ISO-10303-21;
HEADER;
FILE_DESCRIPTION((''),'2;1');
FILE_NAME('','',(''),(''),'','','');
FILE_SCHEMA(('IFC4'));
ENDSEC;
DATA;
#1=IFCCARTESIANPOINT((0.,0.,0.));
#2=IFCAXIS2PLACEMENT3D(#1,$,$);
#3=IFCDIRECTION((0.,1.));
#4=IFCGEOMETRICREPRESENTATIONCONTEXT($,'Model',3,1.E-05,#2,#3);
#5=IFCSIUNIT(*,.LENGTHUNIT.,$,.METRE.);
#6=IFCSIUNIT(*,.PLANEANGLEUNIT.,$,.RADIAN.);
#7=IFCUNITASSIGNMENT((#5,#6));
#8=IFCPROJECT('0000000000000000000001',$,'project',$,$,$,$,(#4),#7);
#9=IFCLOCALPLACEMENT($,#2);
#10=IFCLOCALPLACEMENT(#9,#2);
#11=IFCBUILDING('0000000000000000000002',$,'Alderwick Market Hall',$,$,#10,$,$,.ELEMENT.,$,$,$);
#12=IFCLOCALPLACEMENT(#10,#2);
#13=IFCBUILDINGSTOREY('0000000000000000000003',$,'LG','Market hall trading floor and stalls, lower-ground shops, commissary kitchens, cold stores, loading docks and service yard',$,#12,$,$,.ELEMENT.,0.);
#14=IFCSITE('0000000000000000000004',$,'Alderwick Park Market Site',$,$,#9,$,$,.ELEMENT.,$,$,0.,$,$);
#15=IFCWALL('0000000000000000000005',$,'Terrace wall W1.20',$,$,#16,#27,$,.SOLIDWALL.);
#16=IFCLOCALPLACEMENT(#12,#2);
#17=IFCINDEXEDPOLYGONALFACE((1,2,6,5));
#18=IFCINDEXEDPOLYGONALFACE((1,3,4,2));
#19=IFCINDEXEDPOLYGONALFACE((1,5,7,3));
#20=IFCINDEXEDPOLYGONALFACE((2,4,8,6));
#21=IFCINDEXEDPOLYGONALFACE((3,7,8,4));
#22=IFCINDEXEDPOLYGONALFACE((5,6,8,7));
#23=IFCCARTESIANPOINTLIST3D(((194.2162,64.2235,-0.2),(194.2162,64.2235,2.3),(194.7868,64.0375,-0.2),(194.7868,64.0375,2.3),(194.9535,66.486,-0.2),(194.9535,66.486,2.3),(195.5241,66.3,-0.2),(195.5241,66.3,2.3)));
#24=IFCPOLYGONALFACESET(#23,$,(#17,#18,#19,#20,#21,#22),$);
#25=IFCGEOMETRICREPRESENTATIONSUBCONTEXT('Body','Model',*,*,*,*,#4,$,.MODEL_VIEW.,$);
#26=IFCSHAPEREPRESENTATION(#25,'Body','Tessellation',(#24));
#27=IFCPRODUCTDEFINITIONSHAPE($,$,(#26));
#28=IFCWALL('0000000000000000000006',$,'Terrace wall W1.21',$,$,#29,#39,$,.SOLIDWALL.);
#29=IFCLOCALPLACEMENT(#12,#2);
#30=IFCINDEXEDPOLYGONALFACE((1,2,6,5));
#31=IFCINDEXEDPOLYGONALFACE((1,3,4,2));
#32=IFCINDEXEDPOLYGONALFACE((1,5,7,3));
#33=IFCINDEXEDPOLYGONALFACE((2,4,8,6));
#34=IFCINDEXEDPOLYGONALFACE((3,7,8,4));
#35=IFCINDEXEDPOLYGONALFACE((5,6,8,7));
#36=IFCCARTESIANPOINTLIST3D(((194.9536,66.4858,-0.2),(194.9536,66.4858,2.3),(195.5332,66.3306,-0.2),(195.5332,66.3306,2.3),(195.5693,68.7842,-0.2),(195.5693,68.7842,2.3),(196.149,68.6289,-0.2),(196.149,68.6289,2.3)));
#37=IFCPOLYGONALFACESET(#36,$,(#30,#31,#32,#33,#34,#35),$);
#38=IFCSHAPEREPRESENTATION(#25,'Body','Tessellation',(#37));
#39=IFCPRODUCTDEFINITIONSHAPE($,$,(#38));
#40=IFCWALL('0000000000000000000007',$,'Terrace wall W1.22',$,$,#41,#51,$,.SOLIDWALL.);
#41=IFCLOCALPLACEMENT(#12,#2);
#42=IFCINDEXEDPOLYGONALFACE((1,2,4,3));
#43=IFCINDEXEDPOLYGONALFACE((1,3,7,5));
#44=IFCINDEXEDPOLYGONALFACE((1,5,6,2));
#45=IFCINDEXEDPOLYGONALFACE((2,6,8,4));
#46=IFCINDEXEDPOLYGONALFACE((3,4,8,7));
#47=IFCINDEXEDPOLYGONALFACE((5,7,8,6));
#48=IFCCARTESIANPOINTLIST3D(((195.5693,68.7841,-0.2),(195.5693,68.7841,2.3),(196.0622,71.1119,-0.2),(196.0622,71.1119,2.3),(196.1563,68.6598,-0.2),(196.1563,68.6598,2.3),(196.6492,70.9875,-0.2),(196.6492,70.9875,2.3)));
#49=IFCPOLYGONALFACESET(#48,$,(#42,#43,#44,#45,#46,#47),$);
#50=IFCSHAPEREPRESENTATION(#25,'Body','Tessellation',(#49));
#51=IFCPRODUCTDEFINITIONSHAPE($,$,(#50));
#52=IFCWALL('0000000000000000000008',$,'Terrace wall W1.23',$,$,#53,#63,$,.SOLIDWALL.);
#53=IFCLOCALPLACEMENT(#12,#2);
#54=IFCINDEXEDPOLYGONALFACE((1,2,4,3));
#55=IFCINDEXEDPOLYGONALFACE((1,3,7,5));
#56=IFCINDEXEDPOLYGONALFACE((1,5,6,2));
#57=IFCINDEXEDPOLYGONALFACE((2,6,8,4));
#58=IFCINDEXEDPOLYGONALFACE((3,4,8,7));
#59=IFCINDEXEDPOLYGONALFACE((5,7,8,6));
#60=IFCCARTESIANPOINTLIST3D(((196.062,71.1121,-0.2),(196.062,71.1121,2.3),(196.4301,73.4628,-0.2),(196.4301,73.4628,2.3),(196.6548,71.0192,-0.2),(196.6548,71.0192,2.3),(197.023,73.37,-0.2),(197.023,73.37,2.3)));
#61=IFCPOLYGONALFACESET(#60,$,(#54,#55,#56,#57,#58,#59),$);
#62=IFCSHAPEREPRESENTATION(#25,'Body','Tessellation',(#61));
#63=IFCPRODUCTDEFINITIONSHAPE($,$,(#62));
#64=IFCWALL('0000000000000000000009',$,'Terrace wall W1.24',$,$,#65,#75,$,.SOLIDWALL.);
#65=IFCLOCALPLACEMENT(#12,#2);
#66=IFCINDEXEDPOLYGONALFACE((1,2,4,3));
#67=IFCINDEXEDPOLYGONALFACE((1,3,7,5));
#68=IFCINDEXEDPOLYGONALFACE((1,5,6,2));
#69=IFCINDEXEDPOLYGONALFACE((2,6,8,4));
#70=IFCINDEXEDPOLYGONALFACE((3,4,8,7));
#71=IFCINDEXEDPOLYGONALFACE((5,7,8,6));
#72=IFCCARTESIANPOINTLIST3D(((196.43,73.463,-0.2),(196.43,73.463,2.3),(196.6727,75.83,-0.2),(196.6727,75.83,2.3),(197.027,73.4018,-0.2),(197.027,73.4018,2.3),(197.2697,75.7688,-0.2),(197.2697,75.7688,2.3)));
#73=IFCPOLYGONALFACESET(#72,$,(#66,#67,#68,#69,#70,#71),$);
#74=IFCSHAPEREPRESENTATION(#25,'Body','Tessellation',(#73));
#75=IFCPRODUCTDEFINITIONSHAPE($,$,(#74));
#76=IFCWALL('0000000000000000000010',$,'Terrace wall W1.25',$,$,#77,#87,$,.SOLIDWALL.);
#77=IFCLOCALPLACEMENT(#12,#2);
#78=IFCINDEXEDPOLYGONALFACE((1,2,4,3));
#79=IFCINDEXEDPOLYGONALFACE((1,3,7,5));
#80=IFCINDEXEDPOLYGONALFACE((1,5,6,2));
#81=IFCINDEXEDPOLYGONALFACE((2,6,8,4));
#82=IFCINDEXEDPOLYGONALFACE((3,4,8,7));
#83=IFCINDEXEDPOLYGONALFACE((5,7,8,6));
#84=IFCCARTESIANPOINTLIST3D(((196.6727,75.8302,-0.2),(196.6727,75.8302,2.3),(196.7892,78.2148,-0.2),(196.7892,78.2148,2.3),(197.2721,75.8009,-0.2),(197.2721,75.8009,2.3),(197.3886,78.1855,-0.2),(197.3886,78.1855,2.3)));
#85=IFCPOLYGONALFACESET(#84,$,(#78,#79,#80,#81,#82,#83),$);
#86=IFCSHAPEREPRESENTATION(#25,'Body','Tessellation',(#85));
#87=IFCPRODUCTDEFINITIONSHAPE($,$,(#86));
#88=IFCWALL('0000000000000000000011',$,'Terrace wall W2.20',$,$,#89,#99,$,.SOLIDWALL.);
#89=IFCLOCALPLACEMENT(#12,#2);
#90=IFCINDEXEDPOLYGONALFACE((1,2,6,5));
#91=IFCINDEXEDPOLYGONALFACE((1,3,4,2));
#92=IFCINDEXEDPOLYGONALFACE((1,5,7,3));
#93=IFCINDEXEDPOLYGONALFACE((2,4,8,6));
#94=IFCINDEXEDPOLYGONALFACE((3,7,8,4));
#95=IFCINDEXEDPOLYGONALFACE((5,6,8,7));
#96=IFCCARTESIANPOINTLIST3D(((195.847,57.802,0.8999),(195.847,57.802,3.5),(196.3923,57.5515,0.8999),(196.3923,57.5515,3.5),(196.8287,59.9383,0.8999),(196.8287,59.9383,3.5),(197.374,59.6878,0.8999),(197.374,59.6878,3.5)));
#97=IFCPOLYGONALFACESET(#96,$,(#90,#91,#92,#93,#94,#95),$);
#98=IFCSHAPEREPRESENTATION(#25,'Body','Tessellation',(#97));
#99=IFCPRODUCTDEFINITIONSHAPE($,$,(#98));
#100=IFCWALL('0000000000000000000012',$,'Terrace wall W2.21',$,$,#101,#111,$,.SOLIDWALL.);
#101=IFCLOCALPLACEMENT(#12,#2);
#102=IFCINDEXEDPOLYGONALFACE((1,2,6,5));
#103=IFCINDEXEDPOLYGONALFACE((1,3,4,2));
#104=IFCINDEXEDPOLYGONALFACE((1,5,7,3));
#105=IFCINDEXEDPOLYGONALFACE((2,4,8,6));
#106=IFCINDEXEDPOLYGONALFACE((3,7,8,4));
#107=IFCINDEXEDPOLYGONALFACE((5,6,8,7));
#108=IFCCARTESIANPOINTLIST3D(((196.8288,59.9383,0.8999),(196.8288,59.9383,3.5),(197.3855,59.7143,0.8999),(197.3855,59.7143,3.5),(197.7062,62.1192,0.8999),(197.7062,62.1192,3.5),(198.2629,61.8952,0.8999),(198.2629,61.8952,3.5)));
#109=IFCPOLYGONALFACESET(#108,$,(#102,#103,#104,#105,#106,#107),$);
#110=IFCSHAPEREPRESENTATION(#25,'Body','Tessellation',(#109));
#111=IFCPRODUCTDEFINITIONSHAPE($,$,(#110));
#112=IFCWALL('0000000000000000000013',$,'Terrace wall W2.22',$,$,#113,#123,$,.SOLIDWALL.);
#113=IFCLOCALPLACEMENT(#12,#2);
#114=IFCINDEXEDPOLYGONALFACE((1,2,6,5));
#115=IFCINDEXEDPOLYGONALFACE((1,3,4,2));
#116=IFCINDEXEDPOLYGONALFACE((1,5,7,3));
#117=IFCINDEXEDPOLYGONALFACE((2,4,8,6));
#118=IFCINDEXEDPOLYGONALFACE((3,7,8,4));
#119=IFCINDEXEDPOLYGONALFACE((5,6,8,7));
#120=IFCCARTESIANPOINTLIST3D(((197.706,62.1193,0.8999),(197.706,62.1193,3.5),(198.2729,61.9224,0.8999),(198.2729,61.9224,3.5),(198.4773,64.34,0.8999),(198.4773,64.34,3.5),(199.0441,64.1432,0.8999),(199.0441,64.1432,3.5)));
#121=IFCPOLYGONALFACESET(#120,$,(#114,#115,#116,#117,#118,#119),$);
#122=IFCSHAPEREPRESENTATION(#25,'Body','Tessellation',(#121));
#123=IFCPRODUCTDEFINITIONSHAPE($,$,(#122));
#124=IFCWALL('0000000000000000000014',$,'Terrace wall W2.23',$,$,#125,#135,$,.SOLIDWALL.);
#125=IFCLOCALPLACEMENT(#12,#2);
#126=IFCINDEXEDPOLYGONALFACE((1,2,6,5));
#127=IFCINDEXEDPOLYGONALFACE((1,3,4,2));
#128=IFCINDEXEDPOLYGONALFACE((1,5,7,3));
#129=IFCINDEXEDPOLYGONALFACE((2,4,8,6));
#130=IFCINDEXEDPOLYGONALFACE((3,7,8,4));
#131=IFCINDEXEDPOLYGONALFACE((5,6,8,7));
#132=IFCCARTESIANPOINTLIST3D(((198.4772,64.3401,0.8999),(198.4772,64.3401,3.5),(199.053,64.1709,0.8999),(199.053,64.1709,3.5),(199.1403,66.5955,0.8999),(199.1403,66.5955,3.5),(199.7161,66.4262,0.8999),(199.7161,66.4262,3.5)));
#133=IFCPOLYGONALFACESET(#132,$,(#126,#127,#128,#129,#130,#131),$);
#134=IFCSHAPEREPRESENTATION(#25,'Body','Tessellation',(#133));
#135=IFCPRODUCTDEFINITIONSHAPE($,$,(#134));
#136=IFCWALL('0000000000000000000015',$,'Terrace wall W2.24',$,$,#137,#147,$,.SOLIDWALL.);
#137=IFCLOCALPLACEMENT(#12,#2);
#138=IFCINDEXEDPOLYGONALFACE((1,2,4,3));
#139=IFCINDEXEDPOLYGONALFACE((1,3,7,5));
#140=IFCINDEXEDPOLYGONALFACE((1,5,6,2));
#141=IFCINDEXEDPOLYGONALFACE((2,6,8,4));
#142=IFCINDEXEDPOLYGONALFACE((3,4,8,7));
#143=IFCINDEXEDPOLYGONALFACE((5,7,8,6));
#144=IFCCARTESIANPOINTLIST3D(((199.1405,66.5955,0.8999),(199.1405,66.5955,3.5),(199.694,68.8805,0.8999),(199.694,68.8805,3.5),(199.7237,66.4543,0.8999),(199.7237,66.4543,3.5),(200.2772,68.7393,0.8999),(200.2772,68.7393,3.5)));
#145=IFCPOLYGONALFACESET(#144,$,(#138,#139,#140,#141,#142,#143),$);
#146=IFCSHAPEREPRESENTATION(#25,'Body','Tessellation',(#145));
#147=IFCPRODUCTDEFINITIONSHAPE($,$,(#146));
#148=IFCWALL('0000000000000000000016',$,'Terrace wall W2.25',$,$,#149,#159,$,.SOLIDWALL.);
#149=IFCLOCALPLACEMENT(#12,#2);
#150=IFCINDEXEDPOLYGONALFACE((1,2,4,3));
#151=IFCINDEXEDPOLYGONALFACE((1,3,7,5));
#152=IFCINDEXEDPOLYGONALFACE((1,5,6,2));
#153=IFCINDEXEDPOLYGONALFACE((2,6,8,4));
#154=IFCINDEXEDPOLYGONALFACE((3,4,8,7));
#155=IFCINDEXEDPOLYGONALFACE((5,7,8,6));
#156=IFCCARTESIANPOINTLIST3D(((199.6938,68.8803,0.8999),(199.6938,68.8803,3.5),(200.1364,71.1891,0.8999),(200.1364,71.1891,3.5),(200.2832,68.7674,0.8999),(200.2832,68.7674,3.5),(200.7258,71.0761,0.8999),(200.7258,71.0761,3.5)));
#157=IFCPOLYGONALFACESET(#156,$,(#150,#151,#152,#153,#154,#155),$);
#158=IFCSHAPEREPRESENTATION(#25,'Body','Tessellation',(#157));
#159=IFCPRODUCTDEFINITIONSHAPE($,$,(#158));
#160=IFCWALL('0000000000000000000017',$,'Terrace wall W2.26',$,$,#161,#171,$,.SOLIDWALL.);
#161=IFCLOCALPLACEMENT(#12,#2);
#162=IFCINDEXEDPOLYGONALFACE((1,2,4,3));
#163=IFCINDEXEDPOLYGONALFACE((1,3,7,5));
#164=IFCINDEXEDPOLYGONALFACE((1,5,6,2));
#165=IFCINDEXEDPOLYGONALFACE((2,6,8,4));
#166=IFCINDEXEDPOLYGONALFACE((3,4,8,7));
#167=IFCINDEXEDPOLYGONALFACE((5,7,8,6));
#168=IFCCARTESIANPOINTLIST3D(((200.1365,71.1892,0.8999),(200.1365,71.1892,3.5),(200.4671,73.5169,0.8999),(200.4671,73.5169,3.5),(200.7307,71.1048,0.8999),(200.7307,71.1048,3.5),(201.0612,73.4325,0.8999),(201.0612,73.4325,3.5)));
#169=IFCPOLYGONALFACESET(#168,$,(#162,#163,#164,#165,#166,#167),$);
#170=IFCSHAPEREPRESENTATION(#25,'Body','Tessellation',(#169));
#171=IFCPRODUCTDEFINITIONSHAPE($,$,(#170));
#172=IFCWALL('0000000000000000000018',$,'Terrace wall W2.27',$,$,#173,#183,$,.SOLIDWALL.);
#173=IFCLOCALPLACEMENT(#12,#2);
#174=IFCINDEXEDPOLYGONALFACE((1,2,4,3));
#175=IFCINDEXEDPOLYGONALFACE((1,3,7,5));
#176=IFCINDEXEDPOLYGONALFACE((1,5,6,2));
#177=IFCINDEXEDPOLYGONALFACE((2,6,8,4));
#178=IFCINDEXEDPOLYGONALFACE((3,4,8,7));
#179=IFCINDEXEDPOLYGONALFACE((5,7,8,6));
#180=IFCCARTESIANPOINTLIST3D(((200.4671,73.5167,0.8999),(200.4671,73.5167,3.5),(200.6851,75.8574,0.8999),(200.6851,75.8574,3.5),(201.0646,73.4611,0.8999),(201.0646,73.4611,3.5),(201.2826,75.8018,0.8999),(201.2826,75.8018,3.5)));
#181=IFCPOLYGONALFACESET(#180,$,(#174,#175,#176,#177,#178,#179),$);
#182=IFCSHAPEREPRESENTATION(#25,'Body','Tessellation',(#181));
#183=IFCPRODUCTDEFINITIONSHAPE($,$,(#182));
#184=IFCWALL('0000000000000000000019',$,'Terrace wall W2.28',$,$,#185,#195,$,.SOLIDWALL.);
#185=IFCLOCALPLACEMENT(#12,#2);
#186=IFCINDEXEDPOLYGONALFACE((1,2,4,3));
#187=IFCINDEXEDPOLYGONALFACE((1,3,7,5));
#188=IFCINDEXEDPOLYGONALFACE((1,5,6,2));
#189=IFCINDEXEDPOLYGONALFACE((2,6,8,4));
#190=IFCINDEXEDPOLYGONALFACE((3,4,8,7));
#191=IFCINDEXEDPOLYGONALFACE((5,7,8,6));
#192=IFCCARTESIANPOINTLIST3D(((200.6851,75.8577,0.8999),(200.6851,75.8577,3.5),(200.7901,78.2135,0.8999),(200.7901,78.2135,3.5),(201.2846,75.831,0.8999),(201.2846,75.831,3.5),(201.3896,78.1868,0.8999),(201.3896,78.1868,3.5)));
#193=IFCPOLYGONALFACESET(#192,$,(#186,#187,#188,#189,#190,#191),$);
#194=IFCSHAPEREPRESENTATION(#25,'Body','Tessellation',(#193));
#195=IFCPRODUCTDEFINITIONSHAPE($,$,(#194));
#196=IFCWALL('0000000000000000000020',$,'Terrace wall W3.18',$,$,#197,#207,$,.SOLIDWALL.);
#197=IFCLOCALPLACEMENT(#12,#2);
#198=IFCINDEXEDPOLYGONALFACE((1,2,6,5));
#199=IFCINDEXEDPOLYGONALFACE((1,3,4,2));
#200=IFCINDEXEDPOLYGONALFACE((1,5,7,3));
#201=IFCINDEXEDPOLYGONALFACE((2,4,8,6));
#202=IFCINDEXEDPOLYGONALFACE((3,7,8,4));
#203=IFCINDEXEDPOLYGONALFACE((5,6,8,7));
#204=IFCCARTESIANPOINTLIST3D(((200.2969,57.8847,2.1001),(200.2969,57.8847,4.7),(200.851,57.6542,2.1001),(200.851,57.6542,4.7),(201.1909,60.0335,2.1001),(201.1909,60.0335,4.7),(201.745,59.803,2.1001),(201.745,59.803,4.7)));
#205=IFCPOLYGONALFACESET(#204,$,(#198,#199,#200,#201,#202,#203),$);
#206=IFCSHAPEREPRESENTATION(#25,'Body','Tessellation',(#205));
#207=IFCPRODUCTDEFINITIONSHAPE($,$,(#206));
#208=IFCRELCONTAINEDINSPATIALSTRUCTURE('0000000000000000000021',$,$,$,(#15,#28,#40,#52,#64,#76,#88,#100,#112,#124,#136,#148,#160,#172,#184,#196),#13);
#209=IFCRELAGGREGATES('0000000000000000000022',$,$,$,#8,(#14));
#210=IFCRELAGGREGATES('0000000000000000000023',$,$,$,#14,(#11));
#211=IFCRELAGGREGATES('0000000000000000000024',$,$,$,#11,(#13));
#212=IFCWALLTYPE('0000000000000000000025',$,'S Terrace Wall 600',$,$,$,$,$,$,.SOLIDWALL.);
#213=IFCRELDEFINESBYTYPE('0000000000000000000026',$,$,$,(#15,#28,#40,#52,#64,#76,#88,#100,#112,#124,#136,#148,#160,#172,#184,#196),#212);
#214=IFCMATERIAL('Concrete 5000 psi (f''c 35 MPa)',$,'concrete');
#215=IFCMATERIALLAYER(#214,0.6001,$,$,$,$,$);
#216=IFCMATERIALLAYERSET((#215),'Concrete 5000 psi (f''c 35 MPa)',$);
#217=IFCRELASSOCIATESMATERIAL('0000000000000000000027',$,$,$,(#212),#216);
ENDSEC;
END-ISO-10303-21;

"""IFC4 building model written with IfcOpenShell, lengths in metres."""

from ifc_helpers import new_model, si_unit, direction, frame, frame_2d, origin, place, context, subcontext, project, spatial, rectangle, extrude, material, layer, layer_set, type_object, element, save


model = new_model("IFC4")

# Units and contexts
model_context = context("Model", 3, precision=1e-05, world=origin(), true_north=direction((0.0, 1.0)))
body_context = subcontext(model_context, "Body", "Model", "MODEL_VIEW")
ifc_project = project(units=[si_unit("LENGTHUNIT", "METRE"), si_unit("PLANEANGLEUNIT", "RADIAN")], contexts=[model_context])

# Site, building, storey
site_placement = place(None, origin())
site = spatial("IfcSite", under=ifc_project, at=site_placement, Name="Alderwick Park Market Site", CompositionType="ELEMENT", RefElevation=0.0)
building_placement = place(site_placement, origin())
building = spatial("IfcBuilding", under=site, at=building_placement, Name="Alderwick Market Hall", CompositionType="ELEMENT")
storey_placement = place(building_placement, origin())
storey = spatial("IfcBuildingStorey", under=building, at=storey_placement, Name="LG", Description="Market hall trading floor and stalls, lower-ground shops, commissary kitchens, cold stores, loading docks and service yard", CompositionType="ELEMENT", Elevation=0.0)

# Walls
ifc_material_1 = material(Name="Concrete 5000 psi (f'c 35 MPa)", Category="concrete")
ifc_layer = layer(ifc_material_1, 0.6001)
ifc_layer_set = layer_set([ifc_layer], Name="Concrete 5000 psi (f'c 35 MPa)")
wall_type = type_object("IfcWallType", Name="S Terrace Wall 600", PredefinedType="SOLIDWALL", material=ifc_layer_set)
wall_1_placement = place(storey_placement, frame((194.5015, 64.1304, -0.2), z_axis=(0.0, 0.0, 1.0), x_axis=(0.309849, 0.950786, 0.0)))
element("IfcWall", 1, at=wall_1_placement, inside=storey, type_object=wall_type, Name="Terrace wall W1.20", PredefinedType="SOLIDWALL", context=body_context, shape_type="SweptSolid", body=[
    extrude(rectangle(XDim=2.3796, YDim=0.6001, at=frame_2d((1.1899, 0.0))), origin(), (0.0, 0.0, 1.0), 2.5),
])
for number, where, z_axis, x_axis, name in (
    (2, (195.2434, 66.4082, -0.2), (0.0, 0.0, 1.0), (0.258774, 0.965938, 0.0), "Terrace wall W1.21"),
    (3, (195.8628, 68.7219, -0.2), (0.0, 0.0, 1.0), (0.207153, 0.978309, 0.0), "Terrace wall W1.22"),
    (4, (196.3584, 71.0657, -0.2), (0.0, 0.0, 1.0), (0.154724, 0.987958, 0.0), "Terrace wall W1.23"),
    (5, (196.7285, 73.4324, -0.2), (0.0, 0.0, 1.0), (0.101992, 0.994785, 0.0), "Terrace wall W1.24"),
):
    element("IfcWall", number, at=place(storey_placement, frame(where, z_axis=z_axis, x_axis=x_axis)), inside=storey, type_object=wall_type, Name=name, PredefinedType="SOLIDWALL", context=body_context, shape_type="SweptSolid", body=[
        extrude(rectangle(XDim=2.3794, YDim=0.6001, at=frame_2d((1.1897, 0.0))), origin(), (0.0, 0.0, 1.0), 2.5),
    ])
wall_2_placement = place(storey_placement, frame((196.9724, 75.8154, -0.2), z_axis=(0.0, 0.0, 1.0), x_axis=(0.04878, 0.99881, 0.0)))
element("IfcWall", 6, at=wall_2_placement, inside=storey, type_object=wall_type, Name="Terrace wall W1.25", PredefinedType="SOLIDWALL", context=body_context, shape_type="SweptSolid", body=[
    extrude(rectangle(XDim=2.3875, YDim=0.6001, at=frame_2d((1.1938, 0.0))), origin(), (0.0, 0.0, 1.0), 2.5),
])
wall_3_placement = place(storey_placement, frame((196.1196, 57.6768, 0.8999), z_axis=(0.0, 0.0, 1.0), x_axis=(0.417563, 0.908648, 0.0)))
element("IfcWall", 7, at=wall_3_placement, inside=storey, type_object=wall_type, Name="Terrace wall W2.20", PredefinedType="SOLIDWALL", context=body_context, shape_type="SweptSolid", body=[
    extrude(rectangle(XDim=2.3511, YDim=0.6001, at=frame_2d((1.1755, 0.0))), origin(), (0.0, 0.0, 1.0), 2.6001),
])
for number, where, z_axis, x_axis, name in (
    (8, (197.1072, 59.8264, 0.8999), (0.0, 0.0, 1.0), (0.373252, 0.92773, 0.0), "Terrace wall W2.21"),
    (9, (197.9895, 62.021, 0.8999), (0.0, 0.0, 1.0), (0.328073, 0.944652, 0.0), "Terrace wall W2.22"),
    (10, (198.7651, 64.2556, 0.8999), (0.0, 0.0, 1.0), (0.282065, 0.959395, 0.0), "Terrace wall W2.23"),
):
    element("IfcWall", number, at=place(storey_placement, frame(where, z_axis=z_axis, x_axis=x_axis)), inside=storey, type_object=wall_type, Name=name, PredefinedType="SOLIDWALL", context=body_context, shape_type="SweptSolid", body=[
        extrude(rectangle(XDim=2.3508, YDim=0.6001, at=frame_2d((1.1753, 0.0))), origin(), (0.0, 0.0, 1.0), 2.6001),
    ])
wall_4_placement = place(storey_placement, frame((199.4321, 66.5249, 0.8999), z_axis=(0.0, 0.0, 1.0), x_axis=(0.235419, 0.971894, 0.0)))
element("IfcWall", 11, at=wall_4_placement, inside=storey, type_object=wall_type, Name="Terrace wall W2.24", PredefinedType="SOLIDWALL", context=body_context, shape_type="SweptSolid", body=[
    extrude(rectangle(XDim=2.3511, YDim=0.6001, at=frame_2d((1.1755, 0.0))), origin(), (0.0, 0.0, 1.0), 2.6001),
])
wall_5_placement = place(storey_placement, frame((199.9885, 68.824, 0.8999), z_axis=(0.0, 0.0, 1.0), x_axis=(0.188281, 0.982115, 0.0)))
element("IfcWall", 12, at=wall_5_placement, inside=storey, type_object=wall_type, Name="Terrace wall W2.25", PredefinedType="SOLIDWALL", context=body_context, shape_type="SweptSolid", body=[
    extrude(rectangle(XDim=2.3508, YDim=0.6001, at=frame_2d((1.1753, 0.0))), origin(), (0.0, 0.0, 1.0), 2.6001),
])
wall_6_placement = place(storey_placement, frame((200.4336, 71.147, 0.8999), z_axis=(0.0, 0.0, 1.0), x_axis=(0.140607, 0.990065, 0.0)))
element("IfcWall", 13, at=wall_6_placement, inside=storey, type_object=wall_type, Name="Terrace wall W2.26", PredefinedType="SOLIDWALL", context=body_context, shape_type="SweptSolid", body=[
    extrude(rectangle(XDim=2.3511, YDim=0.6001, at=frame_2d((1.1755, 0.0))), origin(), (0.0, 0.0, 1.0), 2.6001),
])
wall_7_placement = place(storey_placement, frame((200.7659, 73.489, 0.8999), z_axis=(0.0, 0.0, 1.0), x_axis=(0.092745, 0.99569, 0.0)))
element("IfcWall", 14, at=wall_7_placement, inside=storey, type_object=wall_type, Name="Terrace wall W2.27", PredefinedType="SOLIDWALL", context=body_context, shape_type="SweptSolid", body=[
    extrude(rectangle(XDim=2.3508, YDim=0.6001, at=frame_2d((1.1753, 0.0))), origin(), (0.0, 0.0, 1.0), 2.6001),
])
wall_8_placement = place(storey_placement, frame((200.9849, 75.8442, 0.8999), z_axis=(0.0, 0.0, 1.0), x_axis=(0.04452, 0.999008, 0.0)))
element("IfcWall", 15, at=wall_8_placement, inside=storey, type_object=wall_type, Name="Terrace wall W2.28", PredefinedType="SOLIDWALL", context=body_context, shape_type="SweptSolid", body=[
    extrude(rectangle(XDim=2.3582, YDim=0.6001, at=frame_2d((1.1792, 0.0))), origin(), (0.0, 0.0, 1.0), 2.6001),
])
for number, where, z_axis, x_axis, name in (
    (16, (200.574, 57.7695, 2.1001), (0.0, 0.0, 1.0), (0.384124, 0.923282, 0.0), "Terrace wall W3.18"),
):
    element("IfcWall", number, at=place(storey_placement, frame(where, z_axis=z_axis, x_axis=x_axis)), inside=storey, type_object=wall_type, Name=name, PredefinedType="SOLIDWALL", context=body_context, shape_type="SweptSolid", body=[
        extrude(rectangle(XDim=2.3274, YDim=0.6001, at=frame_2d((1.1636, 0.0))), origin(), (0.0, 0.0, 1.0), 2.5999),
    ])

save(model, "model.ifc")
